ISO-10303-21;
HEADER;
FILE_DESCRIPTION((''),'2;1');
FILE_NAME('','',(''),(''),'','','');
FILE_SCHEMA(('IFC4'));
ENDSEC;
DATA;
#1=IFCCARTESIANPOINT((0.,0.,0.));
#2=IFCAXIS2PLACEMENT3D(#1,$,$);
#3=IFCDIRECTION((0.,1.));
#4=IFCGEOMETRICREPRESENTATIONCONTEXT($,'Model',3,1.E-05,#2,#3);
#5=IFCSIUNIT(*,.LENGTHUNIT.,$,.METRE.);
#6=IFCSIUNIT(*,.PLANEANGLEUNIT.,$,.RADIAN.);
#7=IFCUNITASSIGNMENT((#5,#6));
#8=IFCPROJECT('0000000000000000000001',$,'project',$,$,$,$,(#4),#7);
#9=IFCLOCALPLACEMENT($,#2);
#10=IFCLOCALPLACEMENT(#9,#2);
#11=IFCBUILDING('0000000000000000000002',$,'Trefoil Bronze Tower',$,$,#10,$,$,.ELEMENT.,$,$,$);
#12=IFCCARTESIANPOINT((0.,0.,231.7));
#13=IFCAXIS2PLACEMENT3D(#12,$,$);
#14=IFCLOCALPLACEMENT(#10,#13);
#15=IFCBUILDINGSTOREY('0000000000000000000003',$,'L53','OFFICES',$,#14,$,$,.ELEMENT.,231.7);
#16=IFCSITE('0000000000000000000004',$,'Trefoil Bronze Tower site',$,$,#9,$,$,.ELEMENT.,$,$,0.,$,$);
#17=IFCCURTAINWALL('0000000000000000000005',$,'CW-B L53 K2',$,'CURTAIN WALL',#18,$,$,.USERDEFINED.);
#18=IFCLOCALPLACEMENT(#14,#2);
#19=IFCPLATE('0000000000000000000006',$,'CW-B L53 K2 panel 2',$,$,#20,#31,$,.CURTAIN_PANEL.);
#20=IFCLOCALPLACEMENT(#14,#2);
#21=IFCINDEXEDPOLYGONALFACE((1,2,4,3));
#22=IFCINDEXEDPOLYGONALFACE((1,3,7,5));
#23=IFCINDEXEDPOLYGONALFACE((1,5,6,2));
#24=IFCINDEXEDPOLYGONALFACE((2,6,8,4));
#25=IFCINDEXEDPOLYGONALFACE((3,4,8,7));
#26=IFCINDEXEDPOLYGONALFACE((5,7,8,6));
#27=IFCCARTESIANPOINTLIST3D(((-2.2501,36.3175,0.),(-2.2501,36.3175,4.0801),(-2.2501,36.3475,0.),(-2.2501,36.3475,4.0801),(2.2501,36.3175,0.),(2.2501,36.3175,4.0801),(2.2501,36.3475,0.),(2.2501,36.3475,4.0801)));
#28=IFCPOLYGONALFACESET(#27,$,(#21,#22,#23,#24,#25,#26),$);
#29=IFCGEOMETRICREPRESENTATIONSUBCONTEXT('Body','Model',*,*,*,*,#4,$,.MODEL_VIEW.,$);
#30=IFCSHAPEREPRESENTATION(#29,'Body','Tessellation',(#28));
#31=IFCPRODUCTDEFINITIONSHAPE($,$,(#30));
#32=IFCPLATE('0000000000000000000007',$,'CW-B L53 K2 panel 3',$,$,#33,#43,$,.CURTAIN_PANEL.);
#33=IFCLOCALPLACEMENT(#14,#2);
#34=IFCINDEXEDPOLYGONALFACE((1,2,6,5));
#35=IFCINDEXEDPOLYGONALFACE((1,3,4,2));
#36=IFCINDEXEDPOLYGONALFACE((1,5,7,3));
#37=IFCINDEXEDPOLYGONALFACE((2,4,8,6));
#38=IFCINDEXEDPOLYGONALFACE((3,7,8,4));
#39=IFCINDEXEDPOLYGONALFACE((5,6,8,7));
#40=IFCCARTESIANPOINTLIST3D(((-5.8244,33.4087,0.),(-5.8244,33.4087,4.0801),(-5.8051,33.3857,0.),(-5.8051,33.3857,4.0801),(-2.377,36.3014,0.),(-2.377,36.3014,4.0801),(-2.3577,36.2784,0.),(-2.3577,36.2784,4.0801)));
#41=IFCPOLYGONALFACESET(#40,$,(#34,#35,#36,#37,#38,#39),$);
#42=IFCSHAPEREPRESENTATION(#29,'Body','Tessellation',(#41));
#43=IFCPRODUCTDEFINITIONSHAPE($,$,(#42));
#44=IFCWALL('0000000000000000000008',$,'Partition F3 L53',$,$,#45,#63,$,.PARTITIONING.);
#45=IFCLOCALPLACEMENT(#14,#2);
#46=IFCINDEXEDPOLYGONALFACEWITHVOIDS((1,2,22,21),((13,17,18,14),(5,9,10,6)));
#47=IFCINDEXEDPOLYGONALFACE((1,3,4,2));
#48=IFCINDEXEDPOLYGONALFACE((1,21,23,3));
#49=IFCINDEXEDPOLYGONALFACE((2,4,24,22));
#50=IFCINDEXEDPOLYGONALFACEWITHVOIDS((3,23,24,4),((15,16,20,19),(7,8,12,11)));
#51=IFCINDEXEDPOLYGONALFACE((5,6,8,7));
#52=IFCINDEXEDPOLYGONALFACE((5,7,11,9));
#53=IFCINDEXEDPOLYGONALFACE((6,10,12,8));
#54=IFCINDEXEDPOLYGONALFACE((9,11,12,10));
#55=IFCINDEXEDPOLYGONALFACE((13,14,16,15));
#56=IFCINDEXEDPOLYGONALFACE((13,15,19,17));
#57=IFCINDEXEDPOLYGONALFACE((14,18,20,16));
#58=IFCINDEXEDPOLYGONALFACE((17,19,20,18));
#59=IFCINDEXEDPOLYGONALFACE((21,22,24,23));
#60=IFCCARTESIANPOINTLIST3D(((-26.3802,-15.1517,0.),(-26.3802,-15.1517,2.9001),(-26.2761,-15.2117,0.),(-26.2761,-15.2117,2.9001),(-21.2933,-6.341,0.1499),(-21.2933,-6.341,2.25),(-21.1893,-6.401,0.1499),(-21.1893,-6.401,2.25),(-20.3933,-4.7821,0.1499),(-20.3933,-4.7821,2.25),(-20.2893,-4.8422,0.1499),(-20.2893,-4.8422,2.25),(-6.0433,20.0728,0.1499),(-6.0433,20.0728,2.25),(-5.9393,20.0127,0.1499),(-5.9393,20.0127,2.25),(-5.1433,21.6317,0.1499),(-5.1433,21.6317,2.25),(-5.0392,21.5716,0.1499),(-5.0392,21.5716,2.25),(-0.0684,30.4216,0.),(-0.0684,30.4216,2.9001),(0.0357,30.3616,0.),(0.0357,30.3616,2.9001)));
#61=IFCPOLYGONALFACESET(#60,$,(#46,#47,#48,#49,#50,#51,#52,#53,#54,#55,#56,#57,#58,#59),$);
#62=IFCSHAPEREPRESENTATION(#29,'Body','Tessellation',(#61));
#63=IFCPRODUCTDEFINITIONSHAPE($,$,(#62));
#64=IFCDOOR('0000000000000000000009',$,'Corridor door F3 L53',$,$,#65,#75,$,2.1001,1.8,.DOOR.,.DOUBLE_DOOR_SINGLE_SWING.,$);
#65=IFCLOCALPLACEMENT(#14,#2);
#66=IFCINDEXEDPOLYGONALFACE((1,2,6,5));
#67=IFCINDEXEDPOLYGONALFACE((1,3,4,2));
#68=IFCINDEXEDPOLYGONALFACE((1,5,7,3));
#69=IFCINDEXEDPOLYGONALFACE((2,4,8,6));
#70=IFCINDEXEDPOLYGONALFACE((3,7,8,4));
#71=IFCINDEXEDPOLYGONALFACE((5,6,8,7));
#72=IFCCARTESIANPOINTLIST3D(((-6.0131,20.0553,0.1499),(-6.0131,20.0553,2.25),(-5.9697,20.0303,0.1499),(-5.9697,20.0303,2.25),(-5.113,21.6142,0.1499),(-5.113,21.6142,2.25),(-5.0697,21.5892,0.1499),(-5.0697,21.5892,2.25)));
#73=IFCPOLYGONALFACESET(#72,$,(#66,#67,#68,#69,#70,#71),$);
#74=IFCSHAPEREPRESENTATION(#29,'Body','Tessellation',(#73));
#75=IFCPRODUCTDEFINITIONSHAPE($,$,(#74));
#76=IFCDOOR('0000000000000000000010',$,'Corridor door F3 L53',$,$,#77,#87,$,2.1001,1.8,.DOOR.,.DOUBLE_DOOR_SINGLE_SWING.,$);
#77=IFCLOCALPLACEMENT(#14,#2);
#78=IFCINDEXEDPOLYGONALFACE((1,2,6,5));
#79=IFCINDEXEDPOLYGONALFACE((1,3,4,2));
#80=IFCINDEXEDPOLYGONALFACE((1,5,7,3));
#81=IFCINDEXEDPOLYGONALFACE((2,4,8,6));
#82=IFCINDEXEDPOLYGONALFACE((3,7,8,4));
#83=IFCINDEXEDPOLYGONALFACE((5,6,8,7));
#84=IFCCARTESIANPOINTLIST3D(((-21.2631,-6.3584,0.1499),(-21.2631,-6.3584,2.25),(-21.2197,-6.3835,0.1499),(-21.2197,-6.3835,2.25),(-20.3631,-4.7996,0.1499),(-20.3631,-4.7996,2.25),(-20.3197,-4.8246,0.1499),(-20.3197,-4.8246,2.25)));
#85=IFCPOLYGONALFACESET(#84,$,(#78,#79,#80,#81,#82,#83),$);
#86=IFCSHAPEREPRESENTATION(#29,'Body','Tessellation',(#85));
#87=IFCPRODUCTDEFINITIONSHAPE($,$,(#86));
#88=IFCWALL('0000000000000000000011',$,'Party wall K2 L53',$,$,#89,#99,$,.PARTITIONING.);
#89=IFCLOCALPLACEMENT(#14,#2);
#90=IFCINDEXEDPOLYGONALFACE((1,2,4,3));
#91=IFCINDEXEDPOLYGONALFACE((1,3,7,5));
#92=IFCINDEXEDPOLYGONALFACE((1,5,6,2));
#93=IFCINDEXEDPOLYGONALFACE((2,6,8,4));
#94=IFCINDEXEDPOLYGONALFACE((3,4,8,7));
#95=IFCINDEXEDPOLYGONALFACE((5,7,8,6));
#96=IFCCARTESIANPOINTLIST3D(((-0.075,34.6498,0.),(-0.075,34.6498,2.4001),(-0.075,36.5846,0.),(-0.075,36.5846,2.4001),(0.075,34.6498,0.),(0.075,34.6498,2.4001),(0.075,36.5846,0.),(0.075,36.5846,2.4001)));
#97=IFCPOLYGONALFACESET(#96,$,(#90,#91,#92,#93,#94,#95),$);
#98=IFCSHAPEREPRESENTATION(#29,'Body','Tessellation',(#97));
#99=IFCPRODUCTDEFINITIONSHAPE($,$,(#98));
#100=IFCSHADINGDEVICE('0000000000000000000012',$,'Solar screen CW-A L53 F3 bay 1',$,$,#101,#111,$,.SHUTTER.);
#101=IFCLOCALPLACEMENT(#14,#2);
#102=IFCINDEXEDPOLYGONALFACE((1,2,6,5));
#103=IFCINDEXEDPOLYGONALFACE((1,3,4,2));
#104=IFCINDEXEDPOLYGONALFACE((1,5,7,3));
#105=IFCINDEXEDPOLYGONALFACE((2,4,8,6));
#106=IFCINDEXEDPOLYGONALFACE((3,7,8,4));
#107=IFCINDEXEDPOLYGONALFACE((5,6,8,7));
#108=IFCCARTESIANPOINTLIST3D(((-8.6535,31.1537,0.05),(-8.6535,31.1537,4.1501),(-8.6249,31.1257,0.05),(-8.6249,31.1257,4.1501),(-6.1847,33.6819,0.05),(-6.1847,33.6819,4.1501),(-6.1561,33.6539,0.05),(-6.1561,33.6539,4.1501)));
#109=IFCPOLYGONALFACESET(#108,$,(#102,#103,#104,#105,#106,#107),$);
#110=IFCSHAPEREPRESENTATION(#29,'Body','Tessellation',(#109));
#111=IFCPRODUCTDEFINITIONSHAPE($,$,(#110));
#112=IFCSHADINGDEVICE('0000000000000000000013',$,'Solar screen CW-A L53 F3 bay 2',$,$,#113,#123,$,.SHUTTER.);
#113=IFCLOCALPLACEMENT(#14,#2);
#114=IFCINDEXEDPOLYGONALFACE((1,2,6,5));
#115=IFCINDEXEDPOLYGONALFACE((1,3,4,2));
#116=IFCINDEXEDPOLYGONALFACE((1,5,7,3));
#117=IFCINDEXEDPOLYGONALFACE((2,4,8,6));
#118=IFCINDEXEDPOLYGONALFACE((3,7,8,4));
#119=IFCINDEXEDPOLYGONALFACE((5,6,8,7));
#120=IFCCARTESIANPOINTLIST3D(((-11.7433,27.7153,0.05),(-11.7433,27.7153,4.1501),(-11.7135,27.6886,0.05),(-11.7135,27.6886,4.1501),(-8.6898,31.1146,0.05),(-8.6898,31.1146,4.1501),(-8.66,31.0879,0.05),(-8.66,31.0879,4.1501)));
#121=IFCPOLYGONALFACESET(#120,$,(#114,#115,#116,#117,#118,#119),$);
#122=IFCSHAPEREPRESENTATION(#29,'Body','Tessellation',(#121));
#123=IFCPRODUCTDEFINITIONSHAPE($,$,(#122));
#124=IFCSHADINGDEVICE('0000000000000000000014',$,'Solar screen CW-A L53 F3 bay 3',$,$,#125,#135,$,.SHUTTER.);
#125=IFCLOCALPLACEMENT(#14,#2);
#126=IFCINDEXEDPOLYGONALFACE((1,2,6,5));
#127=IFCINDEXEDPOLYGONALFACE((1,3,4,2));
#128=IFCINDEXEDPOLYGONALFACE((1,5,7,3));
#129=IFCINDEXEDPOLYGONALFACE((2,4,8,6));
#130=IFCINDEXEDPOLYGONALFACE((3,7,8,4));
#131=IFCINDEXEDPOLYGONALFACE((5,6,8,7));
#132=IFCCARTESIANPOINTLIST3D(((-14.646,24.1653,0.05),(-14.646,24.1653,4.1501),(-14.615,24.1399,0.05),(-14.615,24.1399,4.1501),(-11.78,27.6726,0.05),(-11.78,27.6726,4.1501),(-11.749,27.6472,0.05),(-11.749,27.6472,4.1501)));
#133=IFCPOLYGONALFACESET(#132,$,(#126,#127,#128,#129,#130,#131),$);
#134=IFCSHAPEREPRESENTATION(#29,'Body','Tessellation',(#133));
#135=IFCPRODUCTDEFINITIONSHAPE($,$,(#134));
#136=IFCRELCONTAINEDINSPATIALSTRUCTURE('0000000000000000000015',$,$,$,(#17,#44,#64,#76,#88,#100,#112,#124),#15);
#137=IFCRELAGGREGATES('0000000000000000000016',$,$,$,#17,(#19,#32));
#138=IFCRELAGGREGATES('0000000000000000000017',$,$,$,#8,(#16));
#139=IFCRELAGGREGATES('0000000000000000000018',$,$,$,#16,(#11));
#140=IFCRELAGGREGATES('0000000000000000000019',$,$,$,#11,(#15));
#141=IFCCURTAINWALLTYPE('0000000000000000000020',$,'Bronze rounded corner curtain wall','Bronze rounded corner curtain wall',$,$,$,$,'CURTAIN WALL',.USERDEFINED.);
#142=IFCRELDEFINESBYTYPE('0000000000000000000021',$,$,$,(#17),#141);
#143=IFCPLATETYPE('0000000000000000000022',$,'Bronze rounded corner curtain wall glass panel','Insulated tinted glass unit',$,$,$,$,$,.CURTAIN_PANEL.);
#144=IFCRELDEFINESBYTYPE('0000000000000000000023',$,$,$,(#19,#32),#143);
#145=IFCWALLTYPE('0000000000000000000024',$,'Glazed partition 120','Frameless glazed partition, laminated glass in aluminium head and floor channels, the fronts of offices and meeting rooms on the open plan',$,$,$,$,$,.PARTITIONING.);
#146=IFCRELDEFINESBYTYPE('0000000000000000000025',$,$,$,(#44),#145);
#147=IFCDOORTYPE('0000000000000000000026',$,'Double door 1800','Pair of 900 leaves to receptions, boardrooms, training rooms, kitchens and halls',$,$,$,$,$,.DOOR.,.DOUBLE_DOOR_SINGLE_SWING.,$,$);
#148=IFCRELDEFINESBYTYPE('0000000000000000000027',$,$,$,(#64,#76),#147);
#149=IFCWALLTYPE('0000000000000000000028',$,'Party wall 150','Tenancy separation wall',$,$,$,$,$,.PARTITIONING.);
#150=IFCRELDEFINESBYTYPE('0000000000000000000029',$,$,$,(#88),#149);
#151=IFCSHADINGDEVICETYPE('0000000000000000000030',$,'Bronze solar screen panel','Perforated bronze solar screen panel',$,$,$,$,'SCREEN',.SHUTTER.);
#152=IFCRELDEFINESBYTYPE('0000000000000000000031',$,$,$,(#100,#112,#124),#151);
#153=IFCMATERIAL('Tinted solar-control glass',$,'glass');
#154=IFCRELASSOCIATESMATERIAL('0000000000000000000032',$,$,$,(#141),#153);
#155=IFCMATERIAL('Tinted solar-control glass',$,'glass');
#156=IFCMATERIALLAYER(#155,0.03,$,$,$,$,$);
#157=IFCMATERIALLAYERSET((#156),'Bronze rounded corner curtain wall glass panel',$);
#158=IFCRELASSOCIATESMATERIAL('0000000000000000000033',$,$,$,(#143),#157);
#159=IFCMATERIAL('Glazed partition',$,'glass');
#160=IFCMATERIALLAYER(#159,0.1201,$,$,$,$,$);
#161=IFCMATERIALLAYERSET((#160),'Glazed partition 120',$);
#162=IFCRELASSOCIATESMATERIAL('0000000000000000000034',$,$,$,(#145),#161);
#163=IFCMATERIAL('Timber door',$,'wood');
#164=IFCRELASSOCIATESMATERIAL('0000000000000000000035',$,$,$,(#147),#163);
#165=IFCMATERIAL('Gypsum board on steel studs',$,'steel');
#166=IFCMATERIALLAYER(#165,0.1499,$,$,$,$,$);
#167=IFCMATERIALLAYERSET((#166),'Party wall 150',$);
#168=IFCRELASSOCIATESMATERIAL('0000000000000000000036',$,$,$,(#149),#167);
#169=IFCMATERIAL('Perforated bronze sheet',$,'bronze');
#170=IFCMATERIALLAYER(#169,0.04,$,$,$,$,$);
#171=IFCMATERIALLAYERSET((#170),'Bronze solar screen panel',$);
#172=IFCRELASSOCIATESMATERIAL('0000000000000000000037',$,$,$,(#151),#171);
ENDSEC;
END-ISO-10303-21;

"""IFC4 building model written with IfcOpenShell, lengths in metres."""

from ifc_helpers import new_model, si_unit, direction, frame, frame_2d, origin, origin_2d, place, context, subcontext, project, spatial, rectangle, extrude, material, layer, layer_set, type_object, element, fill, aggregate, save


model = new_model("IFC4")

# Units and contexts
model_context = context("Model", 3, precision=1e-05, world=origin(), true_north=direction((0.0, 1.0)))
body_context = subcontext(model_context, "Body", "Model", "MODEL_VIEW")
ifc_project = project(units=[si_unit("LENGTHUNIT", "METRE"), si_unit("PLANEANGLEUNIT", "RADIAN")], contexts=[model_context])

# Site, building, storey
site_placement = place(None, origin())
site = spatial("IfcSite", under=ifc_project, at=site_placement, Name="Trefoil Bronze Tower site", CompositionType="ELEMENT", RefElevation=0.0)
building_placement = place(site_placement, origin())
building = spatial("IfcBuilding", under=site, at=building_placement, Name="Trefoil Bronze Tower", CompositionType="ELEMENT")
storey_placement = place(building_placement, frame((0.0, 0.0, 231.7)))
storey = spatial("IfcBuildingStorey", under=building, at=storey_placement, Name="L53", Description="OFFICES", CompositionType="ELEMENT", Elevation=231.7)

# Curtain wall
ifc_material_1 = material(Name="Tinted solar-control glass", Category="glass")
curtain_wall_type_1 = type_object("IfcCurtainWallType", Name="Bronze rounded corner curtain wall", Description="Bronze rounded corner curtain wall", ElementType="CURTAIN WALL", PredefinedType="USERDEFINED", material=ifc_material_1)
curtain_wall_1_placement = place(storey_placement, origin())
curtain_wall_1 = element("IfcCurtainWall", 1, at=curtain_wall_1_placement, inside=storey, type_object=curtain_wall_type_1, Name="CW-B L53 K2", ObjectType="CURTAIN WALL", PredefinedType="USERDEFINED")

# Plates
ifc_material_2 = material(Name="Tinted solar-control glass", Category="glass")
ifc_layer_1 = layer(ifc_material_2, 0.03)
ifc_layer_set_1 = layer_set([ifc_layer_1], Name="Bronze rounded corner curtain wall glass panel")
plate_type_1 = type_object("IfcPlateType", Name="Bronze rounded corner curtain wall glass panel", Description="Insulated tinted glass unit", PredefinedType="CURTAIN_PANEL", material=ifc_layer_set_1)
plate_1_placement = place(storey_placement, frame((0.0, 36.3325, 0.0), z_axis=(0.0, 0.0, 1.0), x_axis=(-1.0, 0.0, 0.0)))
plate_1 = element("IfcPlate", 2, at=plate_1_placement, type_object=plate_type_1, Name="CW-B L53 K2 panel 2", PredefinedType="CURTAIN_PANEL", context=body_context, shape_type="SweptSolid", body=[
    extrude(rectangle(XDim=4.5002, YDim=0.03, at=origin_2d()), origin(), (0.0, 0.0, 1.0), 4.0801),
])
plate_2_placement = place(storey_placement, frame((-4.0911, 34.8435, 0.0), z_axis=(0.0, 0.0, 1.0), x_axis=(-0.766044, -0.642788, 0.0)))
plate_2 = element("IfcPlate", 3, at=plate_2_placement, type_object=plate_type_1, Name="CW-B L53 K2 panel 3", PredefinedType="CURTAIN_PANEL", context=body_context, shape_type="SweptSolid", body=[
    extrude(rectangle(XDim=4.5002, YDim=0.03, at=origin_2d()), origin(), (0.0, 0.0, 1.0), 4.0801),
])
aggregate(curtain_wall_1, [plate_1, plate_2])

# Wall, openings, doors
ifc_material_3 = material(Name="Glazed partition", Category="glass")
ifc_layer_2 = layer(ifc_material_3, 0.1201)
ifc_layer_set_2 = layer_set([ifc_layer_2], Name="Glazed partition 120")
wall_type_1 = type_object("IfcWallType", Name="Glazed partition 120", Description="Frameless glazed partition, laminated glass in aluminium head and floor channels, the fronts of offices and meeting rooms on the open plan", PredefinedType="PARTITIONING", material=ifc_layer_set_2)
wall_1_placement = place(storey_placement, frame((-0.0164, 30.3916, 0.0), z_axis=(0.0, 0.0, 1.0), x_axis=(-0.500001, -0.866025, 0.0)))
wall_1 = element("IfcWall", 4, at=wall_1_placement, inside=storey, type_object=wall_type_1, Name="Partition F3 L53", PredefinedType="PARTITIONING", context=body_context, shape_type="SweptSolid", body=[
    extrude(rectangle(XDim=52.6235, YDim=0.1201, at=frame_2d((26.3118, 0.0))), origin(), (0.0, 0.0, 1.0), 2.9001),
])
opening_1_placement = place(wall_1_placement, frame((10.1499, 0.0, 0.1499)))
opening_1 = element("IfcOpeningElement", 5, at=opening_1_placement, cuts=wall_1, PredefinedType="OPENING", context=body_context, shape_type="SweptSolid", body=[
    extrude(rectangle(XDim=1.8, YDim=2.1001, at=frame_2d((0.8999, 1.05))), frame((0.0, 0.0701, 0.0), z_axis=(0.0, -1.0, 0.0), x_axis=(1.0, 0.0, 0.0)), (0.0, 0.0, 1.0), 0.1401),
])
opening_2_placement = place(wall_1_placement, frame((40.6499, 0.0, 0.1499)))
opening_2 = element("IfcOpeningElement", 6, at=opening_2_placement, cuts=wall_1, PredefinedType="OPENING", context=body_context, shape_type="SweptSolid", body=[
    extrude(rectangle(XDim=1.8, YDim=2.1001, at=frame_2d((0.8999, 1.05))), frame((0.0, 0.0701, 0.0), z_axis=(0.0, -1.0, 0.0), x_axis=(1.0, 0.0, 0.0)), (0.0, 0.0, 1.0), 0.1401),
])
ifc_material_4 = material(Name="Timber door", Category="wood")
door_type = type_object("IfcDoorType", Name="Double door 1800", Description="Pair of 900 leaves to receptions, boardrooms, training rooms, kitchens and halls", OperationType="DOUBLE_DOOR_SINGLE_SWING", PredefinedType="DOOR", material=ifc_material_4)
door_1_placement = place(opening_1_placement, origin())
door_1 = element("IfcDoor", 7, at=door_1_placement, inside=storey, type_object=door_type, Name="Corridor door F3 L53", OperationType="DOUBLE_DOOR_SINGLE_SWING", OverallHeight=2.1001, OverallWidth=1.8, PredefinedType="DOOR", context=body_context, shape_type="SweptSolid", body=[
    extrude(rectangle(XDim=1.8, YDim=2.1001, at=frame_2d((0.8999, 1.05))), frame((0.0, 0.0249, 0.0), z_axis=(0.0, -1.0, 0.0), x_axis=(1.0, 0.0, 0.0)), (0.0, 0.0, 1.0), 0.05),
])
fill(opening_1, door_1)
door_2_placement = place(opening_2_placement, origin())
door_2 = element("IfcDoor", 8, at=door_2_placement, inside=storey, type_object=door_type, Name="Corridor door F3 L53", OperationType="DOUBLE_DOOR_SINGLE_SWING", OverallHeight=2.1001, OverallWidth=1.8, PredefinedType="DOOR", context=body_context, shape_type="SweptSolid", body=[
    extrude(rectangle(XDim=1.8, YDim=2.1001, at=frame_2d((0.8999, 1.05))), frame((0.0, 0.0249, 0.0), z_axis=(0.0, -1.0, 0.0), x_axis=(1.0, 0.0, 0.0)), (0.0, 0.0, 1.0), 0.05),
])
fill(opening_2, door_2)

# Wall
ifc_material_5 = material(Name="Gypsum board on steel studs", Category="steel")
ifc_layer_3 = layer(ifc_material_5, 0.1499)
ifc_layer_set_3 = layer_set([ifc_layer_3], Name="Party wall 150")
wall_type_2 = type_object("IfcWallType", Name="Party wall 150", Description="Tenancy separation wall", PredefinedType="PARTITIONING", material=ifc_layer_set_3)
wall_2_placement = place(storey_placement, frame((0.0, 34.6499, 0.0), z_axis=(0.0, 0.0, 1.0), x_axis=(0.0, 1.0, 0.0)))
element("IfcWall", 9, at=wall_2_placement, inside=storey, type_object=wall_type_2, Name="Party wall K2 L53", PredefinedType="PARTITIONING", context=body_context, shape_type="SweptSolid", body=[
    extrude(rectangle(XDim=1.9348, YDim=0.1499, at=frame_2d((0.9673, 0.0))), origin(), (0.0, 0.0, 1.0), 2.4001),
])

# Shading devices
ifc_material_6 = material(Name="Perforated bronze sheet", Category="bronze")
ifc_layer_4 = layer(ifc_material_6, 0.04)
ifc_layer_set_4 = layer_set([ifc_layer_4], Name="Bronze solar screen panel")
shading_device_type = type_object("IfcShadingDeviceType", Name="Bronze solar screen panel", Description="Perforated bronze solar screen panel", ElementType="SCREEN", PredefinedType="SHUTTER", material=ifc_layer_set_4)
shading_device_1_placement = place(storey_placement, frame((-7.4048, 32.4038, 0.05), z_axis=(0.0, 0.0, 1.0), x_axis=(-0.698652, -0.715462, 0.0)))
element("IfcShadingDevice", 10, at=shading_device_1_placement, inside=storey, type_object=shading_device_type, Name="Solar screen CW-A L53 F3 bay 1", PredefinedType="SHUTTER", context=body_context, shape_type="SweptSolid", body=[
    extrude(rectangle(XDim=3.5337, YDim=0.04, at=origin_2d()), origin(), (0.0, 0.0, 1.0), 4.1001),
])
shading_device_2_placement = place(storey_placement, frame((-10.2017, 29.4016, 0.05), z_axis=(0.0, 0.0, 1.0), x_axis=(-0.668246, -0.743941, 0.0)))
element("IfcShadingDevice", 11, at=shading_device_2_placement, inside=storey, type_object=shading_device_type, Name="Solar screen CW-A L53 F3 bay 2", PredefinedType="SHUTTER", context=body_context, shape_type="SweptSolid", body=[
    extrude(rectangle(XDim=4.5693, YDim=0.04, at=origin_2d()), origin(), (0.0, 0.0, 1.0), 4.1001),
])
shading_device_3_placement = place(storey_placement, frame((-13.1975, 25.9062, 0.05), z_axis=(0.0, 0.0, 1.0), x_axis=(-0.632753, -0.774354, 0.0)))
element("IfcShadingDevice", 12, at=shading_device_3_placement, inside=storey, type_object=shading_device_type, Name="Solar screen CW-A L53 F3 bay 3", PredefinedType="SHUTTER", context=body_context, shape_type="SweptSolid", body=[
    extrude(rectangle(XDim=4.5293, YDim=0.04, at=origin_2d()), origin(), (0.0, 0.0, 1.0), 4.1001),
])

save(model, "model.ifc")
